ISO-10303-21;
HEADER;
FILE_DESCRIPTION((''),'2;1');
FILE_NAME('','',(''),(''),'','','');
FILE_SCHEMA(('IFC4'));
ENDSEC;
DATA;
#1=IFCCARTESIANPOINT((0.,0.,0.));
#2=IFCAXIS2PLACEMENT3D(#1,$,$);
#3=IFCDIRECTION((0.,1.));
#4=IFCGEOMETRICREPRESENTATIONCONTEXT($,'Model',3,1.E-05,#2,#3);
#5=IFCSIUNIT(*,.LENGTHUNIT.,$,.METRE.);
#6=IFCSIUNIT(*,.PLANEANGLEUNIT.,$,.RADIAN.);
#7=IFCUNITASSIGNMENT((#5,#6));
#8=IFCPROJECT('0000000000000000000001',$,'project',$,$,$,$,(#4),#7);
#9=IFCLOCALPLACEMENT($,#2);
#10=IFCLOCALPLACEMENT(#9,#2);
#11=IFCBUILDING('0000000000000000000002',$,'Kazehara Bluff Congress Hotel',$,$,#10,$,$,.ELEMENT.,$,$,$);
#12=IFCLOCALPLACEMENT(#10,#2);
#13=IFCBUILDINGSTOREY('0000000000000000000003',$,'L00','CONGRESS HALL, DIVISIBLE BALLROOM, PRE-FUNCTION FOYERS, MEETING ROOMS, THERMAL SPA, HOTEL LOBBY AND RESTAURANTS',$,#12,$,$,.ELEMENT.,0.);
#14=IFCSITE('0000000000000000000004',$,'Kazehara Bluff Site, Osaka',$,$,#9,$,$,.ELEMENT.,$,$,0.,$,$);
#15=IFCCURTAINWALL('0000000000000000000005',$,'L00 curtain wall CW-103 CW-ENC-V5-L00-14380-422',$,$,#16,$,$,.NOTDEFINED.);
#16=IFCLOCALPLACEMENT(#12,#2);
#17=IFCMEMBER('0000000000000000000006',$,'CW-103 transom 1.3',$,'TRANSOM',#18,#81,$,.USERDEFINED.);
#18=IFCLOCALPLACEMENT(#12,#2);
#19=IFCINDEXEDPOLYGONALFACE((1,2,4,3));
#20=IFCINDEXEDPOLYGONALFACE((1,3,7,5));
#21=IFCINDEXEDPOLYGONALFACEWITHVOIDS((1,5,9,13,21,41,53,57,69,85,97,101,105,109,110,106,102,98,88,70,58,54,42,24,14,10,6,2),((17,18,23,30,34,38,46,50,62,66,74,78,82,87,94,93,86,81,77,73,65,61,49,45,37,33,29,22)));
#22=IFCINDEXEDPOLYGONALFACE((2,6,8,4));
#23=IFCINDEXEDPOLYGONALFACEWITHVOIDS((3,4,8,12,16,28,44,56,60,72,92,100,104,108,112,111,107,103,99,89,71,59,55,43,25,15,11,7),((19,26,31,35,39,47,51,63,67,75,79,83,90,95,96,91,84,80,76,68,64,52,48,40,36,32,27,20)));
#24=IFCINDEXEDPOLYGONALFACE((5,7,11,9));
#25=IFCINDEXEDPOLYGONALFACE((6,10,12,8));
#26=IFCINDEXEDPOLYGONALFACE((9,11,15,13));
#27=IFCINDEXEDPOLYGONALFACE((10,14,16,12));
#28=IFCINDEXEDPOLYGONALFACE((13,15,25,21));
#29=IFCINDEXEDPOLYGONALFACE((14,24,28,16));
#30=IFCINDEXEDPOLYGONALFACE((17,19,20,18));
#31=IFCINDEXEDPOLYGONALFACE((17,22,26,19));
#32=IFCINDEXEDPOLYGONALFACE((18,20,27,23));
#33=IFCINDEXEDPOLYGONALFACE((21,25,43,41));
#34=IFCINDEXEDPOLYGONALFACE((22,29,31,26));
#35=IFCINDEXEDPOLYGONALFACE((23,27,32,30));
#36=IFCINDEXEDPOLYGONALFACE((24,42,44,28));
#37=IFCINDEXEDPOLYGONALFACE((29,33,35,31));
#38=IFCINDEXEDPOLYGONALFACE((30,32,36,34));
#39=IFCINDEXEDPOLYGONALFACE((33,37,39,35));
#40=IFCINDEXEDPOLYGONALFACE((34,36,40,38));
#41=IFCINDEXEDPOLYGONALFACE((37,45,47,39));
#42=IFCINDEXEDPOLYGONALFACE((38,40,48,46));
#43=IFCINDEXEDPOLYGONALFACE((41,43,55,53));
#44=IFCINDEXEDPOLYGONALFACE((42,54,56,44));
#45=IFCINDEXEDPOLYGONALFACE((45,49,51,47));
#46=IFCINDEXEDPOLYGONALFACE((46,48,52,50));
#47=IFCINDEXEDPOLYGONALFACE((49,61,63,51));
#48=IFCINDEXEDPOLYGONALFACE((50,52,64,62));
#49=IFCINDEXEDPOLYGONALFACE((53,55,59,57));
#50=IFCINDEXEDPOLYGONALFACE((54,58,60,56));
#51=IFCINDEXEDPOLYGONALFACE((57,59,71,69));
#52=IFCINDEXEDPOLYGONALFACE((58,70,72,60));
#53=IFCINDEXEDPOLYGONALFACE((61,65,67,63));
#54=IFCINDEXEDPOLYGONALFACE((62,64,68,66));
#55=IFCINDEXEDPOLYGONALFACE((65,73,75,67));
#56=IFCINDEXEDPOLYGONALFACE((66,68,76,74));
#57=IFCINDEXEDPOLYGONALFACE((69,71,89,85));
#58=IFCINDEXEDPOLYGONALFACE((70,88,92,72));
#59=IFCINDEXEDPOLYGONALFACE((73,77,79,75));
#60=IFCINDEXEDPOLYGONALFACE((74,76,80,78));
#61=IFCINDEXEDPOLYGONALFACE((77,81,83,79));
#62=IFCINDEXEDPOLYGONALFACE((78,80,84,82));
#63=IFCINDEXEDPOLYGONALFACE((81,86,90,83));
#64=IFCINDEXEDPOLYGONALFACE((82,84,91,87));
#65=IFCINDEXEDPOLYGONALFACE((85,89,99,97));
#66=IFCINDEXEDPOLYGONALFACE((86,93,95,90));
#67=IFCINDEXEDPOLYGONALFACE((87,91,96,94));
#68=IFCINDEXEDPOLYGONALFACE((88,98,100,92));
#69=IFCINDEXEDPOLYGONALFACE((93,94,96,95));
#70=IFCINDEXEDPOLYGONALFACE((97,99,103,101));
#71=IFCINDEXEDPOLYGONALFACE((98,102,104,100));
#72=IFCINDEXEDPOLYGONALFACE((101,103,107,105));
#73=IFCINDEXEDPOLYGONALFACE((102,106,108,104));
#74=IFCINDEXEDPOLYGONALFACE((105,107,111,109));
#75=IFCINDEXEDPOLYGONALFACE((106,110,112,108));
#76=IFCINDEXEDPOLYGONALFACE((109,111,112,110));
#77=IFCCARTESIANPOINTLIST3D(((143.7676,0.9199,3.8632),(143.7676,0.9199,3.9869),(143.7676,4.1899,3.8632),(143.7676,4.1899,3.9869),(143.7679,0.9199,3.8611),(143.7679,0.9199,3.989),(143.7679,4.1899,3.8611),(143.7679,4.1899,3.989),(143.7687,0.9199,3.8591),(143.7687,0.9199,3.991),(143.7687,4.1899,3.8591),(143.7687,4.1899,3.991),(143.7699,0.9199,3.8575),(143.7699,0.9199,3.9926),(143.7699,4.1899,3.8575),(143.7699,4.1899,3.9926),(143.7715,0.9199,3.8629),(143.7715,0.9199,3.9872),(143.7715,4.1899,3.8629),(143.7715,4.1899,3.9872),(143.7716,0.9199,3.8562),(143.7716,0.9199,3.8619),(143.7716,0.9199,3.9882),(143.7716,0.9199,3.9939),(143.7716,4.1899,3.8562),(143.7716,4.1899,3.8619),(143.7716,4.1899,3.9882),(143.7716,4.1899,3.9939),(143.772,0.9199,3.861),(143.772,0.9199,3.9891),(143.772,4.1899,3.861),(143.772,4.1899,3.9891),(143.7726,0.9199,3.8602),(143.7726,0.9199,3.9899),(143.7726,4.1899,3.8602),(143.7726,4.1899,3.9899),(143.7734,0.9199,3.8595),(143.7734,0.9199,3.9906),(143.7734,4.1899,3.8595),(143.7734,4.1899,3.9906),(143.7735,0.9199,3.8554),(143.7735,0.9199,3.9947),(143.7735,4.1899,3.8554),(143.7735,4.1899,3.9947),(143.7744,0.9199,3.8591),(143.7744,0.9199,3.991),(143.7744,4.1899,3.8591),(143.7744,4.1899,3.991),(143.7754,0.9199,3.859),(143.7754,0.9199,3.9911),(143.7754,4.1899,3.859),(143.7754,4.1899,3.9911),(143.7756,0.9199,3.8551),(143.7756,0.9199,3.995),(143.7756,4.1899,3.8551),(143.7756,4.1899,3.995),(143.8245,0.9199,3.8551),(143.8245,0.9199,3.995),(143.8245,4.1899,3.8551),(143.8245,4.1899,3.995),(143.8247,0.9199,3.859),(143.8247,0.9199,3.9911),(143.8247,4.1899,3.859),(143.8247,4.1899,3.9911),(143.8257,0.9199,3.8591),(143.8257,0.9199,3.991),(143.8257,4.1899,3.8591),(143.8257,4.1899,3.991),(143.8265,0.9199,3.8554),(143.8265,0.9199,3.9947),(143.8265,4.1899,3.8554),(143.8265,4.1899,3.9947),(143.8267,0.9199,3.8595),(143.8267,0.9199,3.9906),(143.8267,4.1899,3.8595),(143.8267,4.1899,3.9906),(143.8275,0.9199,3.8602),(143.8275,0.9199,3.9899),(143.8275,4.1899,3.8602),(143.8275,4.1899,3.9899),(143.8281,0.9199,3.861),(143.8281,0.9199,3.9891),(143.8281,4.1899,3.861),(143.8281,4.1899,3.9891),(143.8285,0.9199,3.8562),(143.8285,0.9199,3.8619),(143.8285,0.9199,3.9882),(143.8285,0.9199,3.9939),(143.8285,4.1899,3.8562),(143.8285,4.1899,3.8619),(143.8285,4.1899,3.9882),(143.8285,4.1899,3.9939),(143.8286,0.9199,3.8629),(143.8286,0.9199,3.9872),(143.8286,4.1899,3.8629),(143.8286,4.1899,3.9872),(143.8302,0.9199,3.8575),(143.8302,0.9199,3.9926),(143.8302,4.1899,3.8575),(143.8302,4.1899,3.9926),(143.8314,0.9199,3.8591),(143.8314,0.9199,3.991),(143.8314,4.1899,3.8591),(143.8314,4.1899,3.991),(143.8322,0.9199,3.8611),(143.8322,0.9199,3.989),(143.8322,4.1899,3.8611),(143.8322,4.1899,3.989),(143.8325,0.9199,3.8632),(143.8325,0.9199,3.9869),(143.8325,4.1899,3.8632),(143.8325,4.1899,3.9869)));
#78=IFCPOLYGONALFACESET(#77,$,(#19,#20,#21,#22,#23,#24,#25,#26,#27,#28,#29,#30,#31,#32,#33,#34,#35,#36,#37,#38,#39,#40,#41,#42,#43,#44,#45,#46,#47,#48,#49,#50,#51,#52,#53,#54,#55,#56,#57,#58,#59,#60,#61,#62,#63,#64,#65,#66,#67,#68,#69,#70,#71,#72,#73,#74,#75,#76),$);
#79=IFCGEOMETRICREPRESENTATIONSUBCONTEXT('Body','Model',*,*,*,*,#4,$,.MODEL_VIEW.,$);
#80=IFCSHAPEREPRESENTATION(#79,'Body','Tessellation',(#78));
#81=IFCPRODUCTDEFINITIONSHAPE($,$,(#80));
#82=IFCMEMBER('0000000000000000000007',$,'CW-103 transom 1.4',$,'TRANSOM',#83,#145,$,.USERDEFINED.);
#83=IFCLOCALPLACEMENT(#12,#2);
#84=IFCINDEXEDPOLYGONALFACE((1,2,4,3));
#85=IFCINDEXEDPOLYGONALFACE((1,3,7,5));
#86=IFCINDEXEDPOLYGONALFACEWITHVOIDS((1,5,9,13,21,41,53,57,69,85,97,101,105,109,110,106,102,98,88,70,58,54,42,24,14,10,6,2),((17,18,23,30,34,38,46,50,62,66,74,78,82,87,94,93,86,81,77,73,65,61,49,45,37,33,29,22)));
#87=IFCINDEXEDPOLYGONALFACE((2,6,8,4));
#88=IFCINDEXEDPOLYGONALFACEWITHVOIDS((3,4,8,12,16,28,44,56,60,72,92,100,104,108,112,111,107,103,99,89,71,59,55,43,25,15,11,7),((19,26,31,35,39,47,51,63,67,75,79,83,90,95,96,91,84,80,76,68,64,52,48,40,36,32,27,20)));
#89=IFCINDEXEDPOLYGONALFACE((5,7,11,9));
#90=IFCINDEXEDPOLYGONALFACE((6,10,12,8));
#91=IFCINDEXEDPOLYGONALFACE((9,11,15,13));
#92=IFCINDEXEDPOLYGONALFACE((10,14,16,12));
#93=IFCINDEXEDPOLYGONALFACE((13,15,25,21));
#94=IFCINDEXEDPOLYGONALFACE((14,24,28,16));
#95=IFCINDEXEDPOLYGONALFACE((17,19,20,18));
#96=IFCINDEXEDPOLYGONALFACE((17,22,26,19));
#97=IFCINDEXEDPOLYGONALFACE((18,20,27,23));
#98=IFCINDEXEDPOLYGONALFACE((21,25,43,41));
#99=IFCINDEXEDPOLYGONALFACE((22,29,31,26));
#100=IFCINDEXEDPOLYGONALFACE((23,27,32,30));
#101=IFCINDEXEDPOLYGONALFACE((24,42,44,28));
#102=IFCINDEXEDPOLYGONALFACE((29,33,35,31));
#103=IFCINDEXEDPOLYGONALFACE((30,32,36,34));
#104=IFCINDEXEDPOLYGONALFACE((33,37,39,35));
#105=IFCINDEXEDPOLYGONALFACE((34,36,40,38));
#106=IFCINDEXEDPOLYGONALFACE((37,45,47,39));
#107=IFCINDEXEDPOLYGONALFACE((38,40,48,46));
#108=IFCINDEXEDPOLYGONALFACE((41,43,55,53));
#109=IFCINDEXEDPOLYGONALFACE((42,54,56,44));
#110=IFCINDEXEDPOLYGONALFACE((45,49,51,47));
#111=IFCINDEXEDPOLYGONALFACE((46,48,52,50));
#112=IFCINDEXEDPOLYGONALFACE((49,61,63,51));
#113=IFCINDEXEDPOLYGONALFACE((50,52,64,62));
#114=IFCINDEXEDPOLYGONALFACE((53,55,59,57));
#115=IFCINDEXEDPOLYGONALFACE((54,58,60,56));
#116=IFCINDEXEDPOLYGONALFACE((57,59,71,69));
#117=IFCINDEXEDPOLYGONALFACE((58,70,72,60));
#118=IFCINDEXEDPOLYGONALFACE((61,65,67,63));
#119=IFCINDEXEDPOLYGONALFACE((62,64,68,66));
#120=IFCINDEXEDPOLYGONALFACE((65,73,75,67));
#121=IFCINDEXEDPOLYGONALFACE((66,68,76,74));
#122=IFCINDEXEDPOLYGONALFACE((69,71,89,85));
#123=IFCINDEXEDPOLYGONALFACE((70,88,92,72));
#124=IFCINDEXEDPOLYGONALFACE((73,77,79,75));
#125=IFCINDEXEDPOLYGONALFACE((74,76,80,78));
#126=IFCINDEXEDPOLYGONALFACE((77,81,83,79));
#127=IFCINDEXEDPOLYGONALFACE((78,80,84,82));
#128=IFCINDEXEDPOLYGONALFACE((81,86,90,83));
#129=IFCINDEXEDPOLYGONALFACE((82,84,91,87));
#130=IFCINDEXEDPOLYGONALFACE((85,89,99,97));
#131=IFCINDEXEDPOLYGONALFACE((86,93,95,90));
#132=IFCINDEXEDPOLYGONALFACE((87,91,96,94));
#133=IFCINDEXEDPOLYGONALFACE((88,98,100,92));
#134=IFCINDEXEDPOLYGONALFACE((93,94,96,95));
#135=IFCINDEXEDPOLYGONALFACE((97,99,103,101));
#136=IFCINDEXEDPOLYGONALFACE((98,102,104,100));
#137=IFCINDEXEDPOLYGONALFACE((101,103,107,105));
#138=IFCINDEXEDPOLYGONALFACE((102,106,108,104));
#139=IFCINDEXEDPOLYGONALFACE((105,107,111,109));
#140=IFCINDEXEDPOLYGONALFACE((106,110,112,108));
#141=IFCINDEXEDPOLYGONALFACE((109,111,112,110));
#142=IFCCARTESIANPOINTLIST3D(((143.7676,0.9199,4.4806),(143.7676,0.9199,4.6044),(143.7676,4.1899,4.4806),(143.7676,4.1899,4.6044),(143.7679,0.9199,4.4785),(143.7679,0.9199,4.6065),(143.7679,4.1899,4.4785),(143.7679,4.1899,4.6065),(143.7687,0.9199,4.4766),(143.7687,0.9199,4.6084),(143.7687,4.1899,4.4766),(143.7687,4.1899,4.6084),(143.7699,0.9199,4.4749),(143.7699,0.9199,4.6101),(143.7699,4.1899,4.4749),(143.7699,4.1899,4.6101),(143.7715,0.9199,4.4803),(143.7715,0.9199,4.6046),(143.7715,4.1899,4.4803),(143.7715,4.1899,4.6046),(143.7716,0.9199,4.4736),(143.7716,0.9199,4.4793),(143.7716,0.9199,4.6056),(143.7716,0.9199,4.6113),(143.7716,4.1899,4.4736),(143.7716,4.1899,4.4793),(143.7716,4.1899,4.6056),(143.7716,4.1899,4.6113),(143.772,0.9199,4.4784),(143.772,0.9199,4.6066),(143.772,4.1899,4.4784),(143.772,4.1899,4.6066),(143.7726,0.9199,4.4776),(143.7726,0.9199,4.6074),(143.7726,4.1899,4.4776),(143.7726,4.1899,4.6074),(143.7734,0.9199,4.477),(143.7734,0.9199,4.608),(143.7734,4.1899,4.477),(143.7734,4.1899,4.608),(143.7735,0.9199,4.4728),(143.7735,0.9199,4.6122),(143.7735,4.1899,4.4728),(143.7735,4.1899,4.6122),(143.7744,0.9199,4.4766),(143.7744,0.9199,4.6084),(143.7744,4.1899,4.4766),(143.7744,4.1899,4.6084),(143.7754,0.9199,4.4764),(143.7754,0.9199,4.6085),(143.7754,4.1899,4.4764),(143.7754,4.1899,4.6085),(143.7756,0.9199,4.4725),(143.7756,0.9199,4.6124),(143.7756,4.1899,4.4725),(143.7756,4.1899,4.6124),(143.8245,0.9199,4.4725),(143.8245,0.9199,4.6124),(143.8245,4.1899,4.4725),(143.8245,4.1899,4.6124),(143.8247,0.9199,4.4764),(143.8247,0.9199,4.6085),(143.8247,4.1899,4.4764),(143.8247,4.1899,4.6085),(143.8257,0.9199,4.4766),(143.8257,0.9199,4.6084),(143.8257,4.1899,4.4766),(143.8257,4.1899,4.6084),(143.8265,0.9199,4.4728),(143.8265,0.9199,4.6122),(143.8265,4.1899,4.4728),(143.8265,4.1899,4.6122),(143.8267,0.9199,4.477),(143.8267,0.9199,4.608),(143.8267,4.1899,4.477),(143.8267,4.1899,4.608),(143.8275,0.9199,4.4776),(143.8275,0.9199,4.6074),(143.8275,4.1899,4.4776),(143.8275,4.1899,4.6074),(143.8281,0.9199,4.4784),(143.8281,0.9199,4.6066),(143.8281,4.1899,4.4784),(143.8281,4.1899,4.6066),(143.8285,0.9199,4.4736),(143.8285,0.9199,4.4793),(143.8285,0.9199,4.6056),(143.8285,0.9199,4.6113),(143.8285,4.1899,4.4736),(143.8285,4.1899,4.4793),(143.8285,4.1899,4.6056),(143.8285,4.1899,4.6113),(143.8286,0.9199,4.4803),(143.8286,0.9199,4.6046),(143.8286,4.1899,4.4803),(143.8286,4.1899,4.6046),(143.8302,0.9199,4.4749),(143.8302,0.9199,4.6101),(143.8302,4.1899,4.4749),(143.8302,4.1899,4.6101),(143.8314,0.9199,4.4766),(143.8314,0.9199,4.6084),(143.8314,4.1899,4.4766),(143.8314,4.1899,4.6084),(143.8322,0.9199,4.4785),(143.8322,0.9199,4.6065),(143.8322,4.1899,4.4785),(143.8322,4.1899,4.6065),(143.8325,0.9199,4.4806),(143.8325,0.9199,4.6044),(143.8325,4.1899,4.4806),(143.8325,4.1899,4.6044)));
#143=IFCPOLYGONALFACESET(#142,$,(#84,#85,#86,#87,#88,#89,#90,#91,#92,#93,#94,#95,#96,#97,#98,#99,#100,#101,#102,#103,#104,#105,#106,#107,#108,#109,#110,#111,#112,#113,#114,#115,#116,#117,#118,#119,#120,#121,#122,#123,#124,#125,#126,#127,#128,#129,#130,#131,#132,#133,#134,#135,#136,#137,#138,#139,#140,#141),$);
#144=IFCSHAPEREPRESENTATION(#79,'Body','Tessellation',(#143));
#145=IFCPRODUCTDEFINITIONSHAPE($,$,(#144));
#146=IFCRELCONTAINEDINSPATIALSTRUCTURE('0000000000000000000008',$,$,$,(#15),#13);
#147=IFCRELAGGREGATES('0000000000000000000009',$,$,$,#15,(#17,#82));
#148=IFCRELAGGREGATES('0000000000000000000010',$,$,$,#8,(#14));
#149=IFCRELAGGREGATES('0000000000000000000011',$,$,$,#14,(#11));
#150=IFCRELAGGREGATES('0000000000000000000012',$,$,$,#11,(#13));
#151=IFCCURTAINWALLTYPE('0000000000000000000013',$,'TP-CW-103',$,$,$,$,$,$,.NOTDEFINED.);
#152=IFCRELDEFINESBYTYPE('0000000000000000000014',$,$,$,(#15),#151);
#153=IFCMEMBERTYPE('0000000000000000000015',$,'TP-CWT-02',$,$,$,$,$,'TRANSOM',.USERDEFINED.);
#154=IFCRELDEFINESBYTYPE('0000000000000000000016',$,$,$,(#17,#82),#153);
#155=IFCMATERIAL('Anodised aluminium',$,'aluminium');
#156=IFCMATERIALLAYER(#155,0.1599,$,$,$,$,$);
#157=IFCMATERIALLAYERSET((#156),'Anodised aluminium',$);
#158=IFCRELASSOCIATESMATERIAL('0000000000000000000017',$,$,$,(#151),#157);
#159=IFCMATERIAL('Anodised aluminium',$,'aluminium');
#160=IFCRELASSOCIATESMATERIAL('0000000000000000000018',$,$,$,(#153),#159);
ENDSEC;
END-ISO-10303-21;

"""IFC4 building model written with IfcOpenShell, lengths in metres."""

from ifc_helpers import new_model, si_unit, direction, frame, origin, origin_2d, place, context, subcontext, project, spatial, hollow_rectangle, extrude, material, layer, layer_set, material_profile, profile_set, type_object, element, aggregate, save


model = new_model("IFC4")

# Units and contexts
model_context = context("Model", 3, precision=1e-05, world=origin(), true_north=direction((0.0, 1.0)))
body_context = subcontext(model_context, "Body", "Model", "MODEL_VIEW")
ifc_project = project(units=[si_unit("LENGTHUNIT", "METRE"), si_unit("PLANEANGLEUNIT", "RADIAN")], contexts=[model_context])

# Site, building, storey
site_placement = place(None, origin())
site = spatial("IfcSite", under=ifc_project, at=site_placement, Name="Kazehara Bluff Site, Osaka", CompositionType="ELEMENT", RefElevation=0.0)
building_placement = place(site_placement, origin())
building = spatial("IfcBuilding", under=site, at=building_placement, Name="Kazehara Bluff Congress Hotel", CompositionType="ELEMENT")
storey_placement = place(building_placement, origin())
storey = spatial("IfcBuildingStorey", under=building, at=storey_placement, Name="L00", Description="CONGRESS HALL, DIVISIBLE BALLROOM, PRE-FUNCTION FOYERS, MEETING ROOMS, THERMAL SPA, HOTEL LOBBY AND RESTAURANTS", CompositionType="ELEMENT", Elevation=0.0)

# Curtain wall
ifc_material_1 = material(Name="Anodised aluminium", Category="aluminium")
ifc_layer_1 = layer(ifc_material_1, 0.1599)
ifc_layer_set_1 = layer_set([ifc_layer_1], Name="Anodised aluminium")
curtain_wall_type_1 = type_object("IfcCurtainWallType", Name="TP-CW-103", PredefinedType="NOTDEFINED", material=ifc_layer_set_1)
curtain_wall_1_placement = place(storey_placement, origin())
curtain_wall_1 = element("IfcCurtainWall", 1, at=curtain_wall_1_placement, inside=storey, type_object=curtain_wall_type_1, Name="L00 curtain wall CW-103 CW-ENC-V5-L00-14380-422", PredefinedType="NOTDEFINED")

# Members
ifc_material_2 = material(Name="Anodised aluminium", Category="aluminium")
ifc_material_profile_1 = material_profile(ifc_material_2, hollow_rectangle(XDim=0.0649, YDim=0.1399, WallThickness=0.0039, InnerFilletRadius=0.0039, OuterFilletRadius=0.0081, at=origin_2d()))
ifc_profile_set_1 = profile_set([ifc_material_profile_1], Name="Anodised aluminium")
member_type_1 = type_object("IfcMemberType", Name="TP-CWT-02", ElementType="TRANSOM", PredefinedType="USERDEFINED", material=ifc_profile_set_1)
member_1_placement = place(storey_placement, frame((143.8, 0.9199, 3.925), z_axis=(0.0, 1.0, 0.0), x_axis=(-1.0, 0.0, 0.0)))
member_1 = element("IfcMember", 2, at=member_1_placement, type_object=member_type_1, Name="CW-103 transom 1.3", ObjectType="TRANSOM", PredefinedType="USERDEFINED", context=body_context, shape_type="SweptSolid", body=[
    extrude(hollow_rectangle(XDim=0.0649, YDim=0.1399, WallThickness=0.0039, InnerFilletRadius=0.0039, OuterFilletRadius=0.0081, at=origin_2d()), origin(), (0.0, 0.0, 1.0), 3.27),
])
member_2_placement = place(storey_placement, frame((143.8, 0.9199, 4.5425), z_axis=(0.0, 1.0, 0.0), x_axis=(-1.0, 0.0, 0.0)))
member_2 = element("IfcMember", 3, at=member_2_placement, type_object=member_type_1, Name="CW-103 transom 1.4", ObjectType="TRANSOM", PredefinedType="USERDEFINED", context=body_context, shape_type="SweptSolid", body=[
    extrude(hollow_rectangle(XDim=0.0649, YDim=0.1399, WallThickness=0.0039, InnerFilletRadius=0.0039, OuterFilletRadius=0.0081, at=origin_2d()), origin(), (0.0, 0.0, 1.0), 3.27),
])

aggregate(curtain_wall_1, [member_1, member_2])

save(model, "model.ifc")
